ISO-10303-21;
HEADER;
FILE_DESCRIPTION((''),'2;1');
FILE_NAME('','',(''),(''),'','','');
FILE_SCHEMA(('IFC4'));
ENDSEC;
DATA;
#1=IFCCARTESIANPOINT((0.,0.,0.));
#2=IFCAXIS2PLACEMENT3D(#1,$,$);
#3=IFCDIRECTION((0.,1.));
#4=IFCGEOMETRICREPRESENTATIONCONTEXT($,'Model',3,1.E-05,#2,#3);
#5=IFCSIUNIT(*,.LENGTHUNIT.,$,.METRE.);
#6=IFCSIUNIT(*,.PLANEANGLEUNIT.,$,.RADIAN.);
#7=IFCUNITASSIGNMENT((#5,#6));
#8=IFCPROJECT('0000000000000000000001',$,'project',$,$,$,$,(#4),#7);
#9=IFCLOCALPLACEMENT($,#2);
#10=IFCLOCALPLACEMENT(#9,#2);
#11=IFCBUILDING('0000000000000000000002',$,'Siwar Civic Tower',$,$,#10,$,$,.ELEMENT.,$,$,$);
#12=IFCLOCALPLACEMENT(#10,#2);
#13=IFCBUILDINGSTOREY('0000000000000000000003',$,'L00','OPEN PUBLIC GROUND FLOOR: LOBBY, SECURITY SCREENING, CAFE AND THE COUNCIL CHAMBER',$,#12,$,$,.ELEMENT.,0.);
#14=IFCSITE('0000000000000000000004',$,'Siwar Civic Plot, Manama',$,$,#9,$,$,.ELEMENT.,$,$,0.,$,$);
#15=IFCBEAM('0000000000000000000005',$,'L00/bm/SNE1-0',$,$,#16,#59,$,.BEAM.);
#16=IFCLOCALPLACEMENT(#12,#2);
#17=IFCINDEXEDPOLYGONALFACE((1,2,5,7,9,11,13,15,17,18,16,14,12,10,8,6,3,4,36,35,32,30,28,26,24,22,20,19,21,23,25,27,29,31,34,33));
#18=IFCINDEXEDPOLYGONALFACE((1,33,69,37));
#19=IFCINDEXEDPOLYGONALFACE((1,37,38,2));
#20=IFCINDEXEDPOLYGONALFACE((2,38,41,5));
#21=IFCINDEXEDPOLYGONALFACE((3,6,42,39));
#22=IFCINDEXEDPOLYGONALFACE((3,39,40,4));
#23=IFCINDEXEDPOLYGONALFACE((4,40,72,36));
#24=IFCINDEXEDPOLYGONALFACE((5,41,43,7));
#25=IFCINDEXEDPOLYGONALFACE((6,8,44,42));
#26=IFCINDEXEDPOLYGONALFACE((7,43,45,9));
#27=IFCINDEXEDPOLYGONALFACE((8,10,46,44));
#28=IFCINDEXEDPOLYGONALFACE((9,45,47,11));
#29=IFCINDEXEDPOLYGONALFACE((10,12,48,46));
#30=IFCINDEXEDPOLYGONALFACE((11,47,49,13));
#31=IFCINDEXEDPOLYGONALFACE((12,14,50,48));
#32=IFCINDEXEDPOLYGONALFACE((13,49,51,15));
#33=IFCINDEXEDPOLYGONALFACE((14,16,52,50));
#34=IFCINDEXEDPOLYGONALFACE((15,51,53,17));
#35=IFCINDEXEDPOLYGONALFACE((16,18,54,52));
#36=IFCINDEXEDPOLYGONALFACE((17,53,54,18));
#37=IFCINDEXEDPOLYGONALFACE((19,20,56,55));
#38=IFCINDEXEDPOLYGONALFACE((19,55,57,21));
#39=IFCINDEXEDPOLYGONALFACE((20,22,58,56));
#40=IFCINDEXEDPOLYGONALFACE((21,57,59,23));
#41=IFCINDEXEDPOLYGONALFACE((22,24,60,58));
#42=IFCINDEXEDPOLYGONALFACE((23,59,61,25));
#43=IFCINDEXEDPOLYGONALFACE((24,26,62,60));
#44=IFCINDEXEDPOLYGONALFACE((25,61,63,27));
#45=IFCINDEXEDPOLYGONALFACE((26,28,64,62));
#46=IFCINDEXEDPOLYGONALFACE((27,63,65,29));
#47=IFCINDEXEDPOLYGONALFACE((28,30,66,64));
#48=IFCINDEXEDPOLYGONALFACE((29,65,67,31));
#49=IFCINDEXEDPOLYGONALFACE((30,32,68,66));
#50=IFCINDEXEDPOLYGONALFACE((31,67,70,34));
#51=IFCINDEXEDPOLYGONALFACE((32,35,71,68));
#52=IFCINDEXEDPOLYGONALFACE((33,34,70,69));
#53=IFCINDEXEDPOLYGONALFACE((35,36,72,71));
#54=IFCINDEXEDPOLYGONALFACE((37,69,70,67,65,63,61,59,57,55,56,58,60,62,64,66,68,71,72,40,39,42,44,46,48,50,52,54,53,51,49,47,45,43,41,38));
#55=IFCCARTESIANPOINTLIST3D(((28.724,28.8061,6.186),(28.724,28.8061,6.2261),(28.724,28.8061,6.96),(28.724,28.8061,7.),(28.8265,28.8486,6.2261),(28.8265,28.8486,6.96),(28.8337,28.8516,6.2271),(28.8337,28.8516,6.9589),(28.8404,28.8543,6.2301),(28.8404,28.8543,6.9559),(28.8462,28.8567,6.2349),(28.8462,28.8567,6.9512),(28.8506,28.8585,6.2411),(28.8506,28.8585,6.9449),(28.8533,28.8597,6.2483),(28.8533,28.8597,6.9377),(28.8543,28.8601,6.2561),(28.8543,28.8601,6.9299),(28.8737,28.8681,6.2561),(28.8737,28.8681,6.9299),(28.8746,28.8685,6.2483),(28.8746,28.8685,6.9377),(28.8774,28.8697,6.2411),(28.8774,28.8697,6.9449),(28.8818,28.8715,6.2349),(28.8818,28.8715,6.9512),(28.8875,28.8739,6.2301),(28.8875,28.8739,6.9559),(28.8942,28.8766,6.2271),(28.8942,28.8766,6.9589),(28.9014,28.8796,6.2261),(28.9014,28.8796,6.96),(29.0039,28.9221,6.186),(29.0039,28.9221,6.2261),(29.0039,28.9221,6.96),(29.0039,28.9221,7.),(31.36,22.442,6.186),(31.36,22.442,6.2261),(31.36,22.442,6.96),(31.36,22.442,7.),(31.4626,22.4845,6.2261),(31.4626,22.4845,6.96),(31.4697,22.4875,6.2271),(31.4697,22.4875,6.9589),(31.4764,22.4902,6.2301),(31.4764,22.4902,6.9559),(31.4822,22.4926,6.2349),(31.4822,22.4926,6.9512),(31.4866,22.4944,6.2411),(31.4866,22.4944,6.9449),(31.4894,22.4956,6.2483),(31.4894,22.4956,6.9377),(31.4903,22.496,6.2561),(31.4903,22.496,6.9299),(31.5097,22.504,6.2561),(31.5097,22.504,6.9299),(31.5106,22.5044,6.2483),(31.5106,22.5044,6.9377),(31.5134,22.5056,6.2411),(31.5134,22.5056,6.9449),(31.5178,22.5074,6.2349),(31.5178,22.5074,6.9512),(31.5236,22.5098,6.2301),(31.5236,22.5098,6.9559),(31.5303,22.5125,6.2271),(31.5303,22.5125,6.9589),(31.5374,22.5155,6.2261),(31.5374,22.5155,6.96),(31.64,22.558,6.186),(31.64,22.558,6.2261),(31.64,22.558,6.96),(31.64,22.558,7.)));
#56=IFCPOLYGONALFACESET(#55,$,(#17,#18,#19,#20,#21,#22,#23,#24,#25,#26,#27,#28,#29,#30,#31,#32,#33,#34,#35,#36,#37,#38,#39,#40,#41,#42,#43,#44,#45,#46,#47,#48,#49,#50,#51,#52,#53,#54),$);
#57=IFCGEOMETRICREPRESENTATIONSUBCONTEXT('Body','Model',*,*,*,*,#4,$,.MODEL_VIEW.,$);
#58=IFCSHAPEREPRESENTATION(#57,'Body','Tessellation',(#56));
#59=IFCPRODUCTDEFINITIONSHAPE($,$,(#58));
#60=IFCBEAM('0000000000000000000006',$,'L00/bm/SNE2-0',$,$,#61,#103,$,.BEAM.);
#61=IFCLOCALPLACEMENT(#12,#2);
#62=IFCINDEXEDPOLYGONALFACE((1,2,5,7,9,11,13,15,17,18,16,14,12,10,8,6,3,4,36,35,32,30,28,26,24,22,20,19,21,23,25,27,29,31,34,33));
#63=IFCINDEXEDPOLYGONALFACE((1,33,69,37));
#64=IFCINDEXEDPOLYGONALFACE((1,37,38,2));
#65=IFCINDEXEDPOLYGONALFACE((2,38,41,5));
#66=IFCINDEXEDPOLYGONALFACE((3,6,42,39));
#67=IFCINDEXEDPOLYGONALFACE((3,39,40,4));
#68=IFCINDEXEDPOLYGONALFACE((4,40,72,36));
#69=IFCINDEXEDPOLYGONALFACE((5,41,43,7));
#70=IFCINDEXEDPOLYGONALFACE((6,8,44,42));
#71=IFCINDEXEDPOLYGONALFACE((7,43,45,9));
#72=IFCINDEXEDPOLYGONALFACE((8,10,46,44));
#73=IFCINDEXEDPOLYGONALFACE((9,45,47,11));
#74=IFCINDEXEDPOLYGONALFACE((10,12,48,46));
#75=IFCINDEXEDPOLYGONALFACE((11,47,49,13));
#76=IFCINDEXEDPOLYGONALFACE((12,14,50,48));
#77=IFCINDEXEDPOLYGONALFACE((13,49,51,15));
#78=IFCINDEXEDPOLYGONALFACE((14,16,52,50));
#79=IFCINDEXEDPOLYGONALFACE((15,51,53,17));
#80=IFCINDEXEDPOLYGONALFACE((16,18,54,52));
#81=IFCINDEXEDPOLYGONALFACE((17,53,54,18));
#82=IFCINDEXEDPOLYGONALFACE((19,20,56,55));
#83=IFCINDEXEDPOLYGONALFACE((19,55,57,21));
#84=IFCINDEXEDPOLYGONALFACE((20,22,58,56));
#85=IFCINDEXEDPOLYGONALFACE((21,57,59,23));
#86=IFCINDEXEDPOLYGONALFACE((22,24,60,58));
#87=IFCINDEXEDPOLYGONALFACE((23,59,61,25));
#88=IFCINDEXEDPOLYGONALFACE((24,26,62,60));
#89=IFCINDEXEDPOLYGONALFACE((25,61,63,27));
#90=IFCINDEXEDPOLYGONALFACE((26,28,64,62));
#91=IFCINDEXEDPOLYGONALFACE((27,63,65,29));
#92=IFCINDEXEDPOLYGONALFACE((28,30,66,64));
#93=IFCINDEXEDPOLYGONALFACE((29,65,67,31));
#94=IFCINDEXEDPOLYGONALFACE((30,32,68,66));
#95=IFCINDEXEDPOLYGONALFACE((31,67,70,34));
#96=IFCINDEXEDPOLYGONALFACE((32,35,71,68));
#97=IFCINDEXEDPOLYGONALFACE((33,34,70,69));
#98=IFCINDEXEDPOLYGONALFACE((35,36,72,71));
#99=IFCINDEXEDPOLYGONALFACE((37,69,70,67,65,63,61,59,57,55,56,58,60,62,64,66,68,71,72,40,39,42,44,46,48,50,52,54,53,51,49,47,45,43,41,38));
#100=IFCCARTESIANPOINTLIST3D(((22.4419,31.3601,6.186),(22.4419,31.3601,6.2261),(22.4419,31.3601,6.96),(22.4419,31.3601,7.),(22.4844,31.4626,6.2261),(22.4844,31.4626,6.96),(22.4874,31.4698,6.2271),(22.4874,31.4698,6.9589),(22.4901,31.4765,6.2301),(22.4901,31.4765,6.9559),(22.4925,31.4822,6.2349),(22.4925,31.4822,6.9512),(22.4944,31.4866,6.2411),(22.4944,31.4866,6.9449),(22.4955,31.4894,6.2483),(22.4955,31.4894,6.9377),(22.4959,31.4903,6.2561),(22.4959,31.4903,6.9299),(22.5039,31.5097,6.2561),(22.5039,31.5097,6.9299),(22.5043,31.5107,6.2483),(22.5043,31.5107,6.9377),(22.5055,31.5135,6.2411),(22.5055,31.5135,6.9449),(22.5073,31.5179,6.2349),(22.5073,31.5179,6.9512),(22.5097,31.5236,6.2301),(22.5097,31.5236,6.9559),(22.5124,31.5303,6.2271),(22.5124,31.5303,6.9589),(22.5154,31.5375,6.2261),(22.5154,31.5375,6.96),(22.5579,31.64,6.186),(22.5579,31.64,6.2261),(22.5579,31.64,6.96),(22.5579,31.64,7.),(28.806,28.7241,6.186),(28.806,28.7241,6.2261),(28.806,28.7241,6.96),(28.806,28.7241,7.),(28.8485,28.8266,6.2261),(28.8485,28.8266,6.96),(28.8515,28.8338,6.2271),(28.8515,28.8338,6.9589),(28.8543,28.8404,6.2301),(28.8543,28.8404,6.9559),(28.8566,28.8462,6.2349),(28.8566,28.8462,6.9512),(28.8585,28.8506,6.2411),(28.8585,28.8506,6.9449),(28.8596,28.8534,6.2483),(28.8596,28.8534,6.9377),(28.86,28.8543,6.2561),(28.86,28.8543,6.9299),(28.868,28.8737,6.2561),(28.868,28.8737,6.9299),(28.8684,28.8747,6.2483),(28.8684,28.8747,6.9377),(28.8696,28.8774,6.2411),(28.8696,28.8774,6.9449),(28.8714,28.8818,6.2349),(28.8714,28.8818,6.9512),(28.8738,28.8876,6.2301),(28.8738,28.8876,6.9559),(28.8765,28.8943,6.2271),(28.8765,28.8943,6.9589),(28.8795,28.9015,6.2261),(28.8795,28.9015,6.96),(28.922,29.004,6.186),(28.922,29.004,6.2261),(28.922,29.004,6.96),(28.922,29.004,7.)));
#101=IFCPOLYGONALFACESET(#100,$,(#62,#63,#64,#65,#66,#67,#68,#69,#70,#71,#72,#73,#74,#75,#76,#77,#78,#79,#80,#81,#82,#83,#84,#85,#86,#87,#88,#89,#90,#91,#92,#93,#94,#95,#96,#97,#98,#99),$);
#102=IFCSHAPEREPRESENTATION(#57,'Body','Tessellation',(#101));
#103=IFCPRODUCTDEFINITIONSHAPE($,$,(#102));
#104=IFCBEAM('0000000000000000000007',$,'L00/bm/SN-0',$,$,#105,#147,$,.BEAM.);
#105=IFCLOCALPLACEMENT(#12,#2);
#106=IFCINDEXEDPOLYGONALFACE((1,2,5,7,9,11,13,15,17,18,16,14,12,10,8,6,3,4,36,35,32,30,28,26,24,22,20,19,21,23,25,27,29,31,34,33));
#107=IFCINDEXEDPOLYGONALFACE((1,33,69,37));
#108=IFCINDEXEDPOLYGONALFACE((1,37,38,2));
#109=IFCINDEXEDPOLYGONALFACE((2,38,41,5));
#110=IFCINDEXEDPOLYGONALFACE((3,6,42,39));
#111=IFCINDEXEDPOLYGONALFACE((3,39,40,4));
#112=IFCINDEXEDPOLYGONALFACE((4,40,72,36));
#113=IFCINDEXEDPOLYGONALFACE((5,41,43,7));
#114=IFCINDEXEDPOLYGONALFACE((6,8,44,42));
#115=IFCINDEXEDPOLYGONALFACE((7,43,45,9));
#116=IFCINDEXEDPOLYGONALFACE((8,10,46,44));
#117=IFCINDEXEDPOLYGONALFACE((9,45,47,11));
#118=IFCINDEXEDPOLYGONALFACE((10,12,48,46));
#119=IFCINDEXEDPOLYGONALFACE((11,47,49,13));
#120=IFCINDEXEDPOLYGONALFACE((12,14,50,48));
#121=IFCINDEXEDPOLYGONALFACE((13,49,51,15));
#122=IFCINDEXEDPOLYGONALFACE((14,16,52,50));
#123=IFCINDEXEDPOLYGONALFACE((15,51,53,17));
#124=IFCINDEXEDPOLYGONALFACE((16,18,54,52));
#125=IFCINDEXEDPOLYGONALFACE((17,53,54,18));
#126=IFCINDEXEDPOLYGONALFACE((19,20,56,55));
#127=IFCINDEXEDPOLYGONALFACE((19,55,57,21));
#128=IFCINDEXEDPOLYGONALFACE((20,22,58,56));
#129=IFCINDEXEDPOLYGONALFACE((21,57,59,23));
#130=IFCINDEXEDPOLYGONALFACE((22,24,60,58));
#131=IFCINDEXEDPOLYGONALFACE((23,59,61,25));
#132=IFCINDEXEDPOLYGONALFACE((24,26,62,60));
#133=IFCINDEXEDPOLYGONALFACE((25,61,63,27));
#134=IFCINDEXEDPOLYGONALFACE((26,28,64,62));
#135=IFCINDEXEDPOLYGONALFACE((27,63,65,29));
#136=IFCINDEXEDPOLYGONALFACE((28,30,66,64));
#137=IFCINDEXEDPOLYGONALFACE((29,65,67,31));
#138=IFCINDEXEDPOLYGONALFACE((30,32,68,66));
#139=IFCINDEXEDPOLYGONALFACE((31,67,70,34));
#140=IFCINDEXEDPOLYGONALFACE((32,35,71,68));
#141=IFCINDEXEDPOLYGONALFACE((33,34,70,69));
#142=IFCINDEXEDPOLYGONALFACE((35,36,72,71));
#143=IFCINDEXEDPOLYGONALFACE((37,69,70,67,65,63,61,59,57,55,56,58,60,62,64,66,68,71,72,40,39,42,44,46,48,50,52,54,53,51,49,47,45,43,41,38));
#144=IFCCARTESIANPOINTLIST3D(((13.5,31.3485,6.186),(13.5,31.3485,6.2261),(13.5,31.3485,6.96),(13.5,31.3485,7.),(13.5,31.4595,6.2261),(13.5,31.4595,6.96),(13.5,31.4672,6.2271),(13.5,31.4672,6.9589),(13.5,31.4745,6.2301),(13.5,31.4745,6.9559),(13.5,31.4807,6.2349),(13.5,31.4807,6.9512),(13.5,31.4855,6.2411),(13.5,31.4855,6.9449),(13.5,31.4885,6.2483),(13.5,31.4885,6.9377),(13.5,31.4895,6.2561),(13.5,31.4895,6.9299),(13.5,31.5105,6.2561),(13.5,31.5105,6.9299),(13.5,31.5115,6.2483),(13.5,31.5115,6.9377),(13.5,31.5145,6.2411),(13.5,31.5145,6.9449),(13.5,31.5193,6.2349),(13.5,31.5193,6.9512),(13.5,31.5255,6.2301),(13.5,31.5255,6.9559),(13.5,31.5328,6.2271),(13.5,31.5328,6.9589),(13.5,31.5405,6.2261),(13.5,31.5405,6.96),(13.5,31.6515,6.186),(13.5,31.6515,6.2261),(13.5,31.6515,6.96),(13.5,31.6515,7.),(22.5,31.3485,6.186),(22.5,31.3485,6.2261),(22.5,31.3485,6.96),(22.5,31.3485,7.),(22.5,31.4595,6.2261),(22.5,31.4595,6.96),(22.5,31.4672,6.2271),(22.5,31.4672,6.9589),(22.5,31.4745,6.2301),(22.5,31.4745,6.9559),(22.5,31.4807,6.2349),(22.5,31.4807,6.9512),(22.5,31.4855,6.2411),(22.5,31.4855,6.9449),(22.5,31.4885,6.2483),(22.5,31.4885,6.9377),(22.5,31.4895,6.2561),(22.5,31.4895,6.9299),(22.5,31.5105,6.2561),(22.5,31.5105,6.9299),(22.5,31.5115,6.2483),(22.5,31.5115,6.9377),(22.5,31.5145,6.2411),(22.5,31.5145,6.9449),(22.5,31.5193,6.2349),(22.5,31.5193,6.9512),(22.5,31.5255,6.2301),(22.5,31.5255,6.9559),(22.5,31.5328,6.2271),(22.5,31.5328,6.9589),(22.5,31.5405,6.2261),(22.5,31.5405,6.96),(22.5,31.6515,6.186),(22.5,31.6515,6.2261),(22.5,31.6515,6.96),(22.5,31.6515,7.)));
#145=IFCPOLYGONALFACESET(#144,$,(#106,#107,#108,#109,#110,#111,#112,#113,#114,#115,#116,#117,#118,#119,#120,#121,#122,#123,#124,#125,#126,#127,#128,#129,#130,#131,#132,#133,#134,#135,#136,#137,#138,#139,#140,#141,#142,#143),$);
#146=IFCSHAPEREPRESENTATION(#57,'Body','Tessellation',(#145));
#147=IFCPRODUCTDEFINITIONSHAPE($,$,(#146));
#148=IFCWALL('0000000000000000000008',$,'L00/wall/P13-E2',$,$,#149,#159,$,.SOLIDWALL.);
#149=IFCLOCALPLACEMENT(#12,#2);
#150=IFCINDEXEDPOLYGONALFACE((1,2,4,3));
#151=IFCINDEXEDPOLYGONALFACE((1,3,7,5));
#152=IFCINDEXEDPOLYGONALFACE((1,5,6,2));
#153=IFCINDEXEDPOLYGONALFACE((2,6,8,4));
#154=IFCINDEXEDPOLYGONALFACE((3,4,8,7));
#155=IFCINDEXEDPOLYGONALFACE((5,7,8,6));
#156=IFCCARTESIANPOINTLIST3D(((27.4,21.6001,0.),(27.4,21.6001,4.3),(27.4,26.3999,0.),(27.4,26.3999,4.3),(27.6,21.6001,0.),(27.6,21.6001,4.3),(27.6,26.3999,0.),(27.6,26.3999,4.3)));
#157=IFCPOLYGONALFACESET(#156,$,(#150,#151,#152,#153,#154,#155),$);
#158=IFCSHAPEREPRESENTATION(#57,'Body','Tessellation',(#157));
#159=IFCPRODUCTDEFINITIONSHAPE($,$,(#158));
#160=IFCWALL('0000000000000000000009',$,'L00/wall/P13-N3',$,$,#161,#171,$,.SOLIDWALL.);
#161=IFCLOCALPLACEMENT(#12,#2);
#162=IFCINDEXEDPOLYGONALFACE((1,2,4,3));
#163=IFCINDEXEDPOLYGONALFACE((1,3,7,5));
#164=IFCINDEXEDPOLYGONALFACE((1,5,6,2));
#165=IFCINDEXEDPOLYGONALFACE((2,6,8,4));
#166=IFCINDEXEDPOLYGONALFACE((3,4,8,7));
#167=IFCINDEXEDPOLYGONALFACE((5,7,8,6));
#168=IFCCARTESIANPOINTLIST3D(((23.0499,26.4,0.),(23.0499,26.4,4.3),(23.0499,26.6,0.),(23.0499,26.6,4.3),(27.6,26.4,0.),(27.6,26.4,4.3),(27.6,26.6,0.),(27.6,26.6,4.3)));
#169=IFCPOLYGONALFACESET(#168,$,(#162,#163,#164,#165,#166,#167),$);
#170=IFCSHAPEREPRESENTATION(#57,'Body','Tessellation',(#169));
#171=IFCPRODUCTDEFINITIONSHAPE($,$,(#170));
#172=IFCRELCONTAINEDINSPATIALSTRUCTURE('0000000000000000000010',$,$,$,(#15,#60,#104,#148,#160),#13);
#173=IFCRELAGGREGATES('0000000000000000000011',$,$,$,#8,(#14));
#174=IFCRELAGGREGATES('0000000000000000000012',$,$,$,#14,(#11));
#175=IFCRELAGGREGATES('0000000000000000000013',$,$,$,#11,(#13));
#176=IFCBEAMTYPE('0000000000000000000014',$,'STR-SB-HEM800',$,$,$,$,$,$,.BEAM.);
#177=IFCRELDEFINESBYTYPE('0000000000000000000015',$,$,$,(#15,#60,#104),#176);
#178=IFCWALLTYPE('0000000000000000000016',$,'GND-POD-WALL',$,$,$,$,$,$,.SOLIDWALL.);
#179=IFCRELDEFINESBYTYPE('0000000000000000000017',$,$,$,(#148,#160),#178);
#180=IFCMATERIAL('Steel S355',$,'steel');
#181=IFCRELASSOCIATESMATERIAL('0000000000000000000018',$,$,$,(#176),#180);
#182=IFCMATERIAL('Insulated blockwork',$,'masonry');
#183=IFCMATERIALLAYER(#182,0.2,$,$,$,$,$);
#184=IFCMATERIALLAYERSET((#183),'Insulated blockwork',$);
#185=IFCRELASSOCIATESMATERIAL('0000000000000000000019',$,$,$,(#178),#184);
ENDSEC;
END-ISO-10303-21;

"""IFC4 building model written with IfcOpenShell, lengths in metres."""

from ifc_helpers import new_model, si_unit, direction, frame, frame_2d, origin, origin_2d, place, context, subcontext, project, spatial, rectangle, i_section, extrude, material, layer, layer_set, material_profile, profile_set, type_object, element, save


model = new_model("IFC4")

# Units and contexts
model_context = context("Model", 3, precision=1e-05, world=origin(), true_north=direction((0.0, 1.0)))
body_context = subcontext(model_context, "Body", "Model", "MODEL_VIEW")
ifc_project = project(units=[si_unit("LENGTHUNIT", "METRE"), si_unit("PLANEANGLEUNIT", "RADIAN")], contexts=[model_context])

# Site, building, storey
site_placement = place(None, origin())
site = spatial("IfcSite", under=ifc_project, at=site_placement, Name="Siwar Civic Plot, Manama", CompositionType="ELEMENT", RefElevation=0.0)
building_placement = place(site_placement, origin())
building = spatial("IfcBuilding", under=site, at=building_placement, Name="Siwar Civic Tower", CompositionType="ELEMENT")
storey_placement = place(building_placement, origin())
storey = spatial("IfcBuildingStorey", under=building, at=storey_placement, Name="L00", Description="OPEN PUBLIC GROUND FLOOR: LOBBY, SECURITY SCREENING, CAFE AND THE COUNCIL CHAMBER", CompositionType="ELEMENT", Elevation=0.0)

# Beams
ifc_material_1 = material(Name="Steel S355", Category="steel")
ifc_material_profile_1 = material_profile(ifc_material_1, i_section(OverallWidth=0.303, OverallDepth=0.814, WebThickness=0.021, FlangeThickness=0.04, FilletRadius=0.03, at=origin_2d()), Name="HEM800")
ifc_profile_set_1 = profile_set([ifc_material_profile_1], Name="Steel S355")
beam_type_1 = type_object("IfcBeamType", Name="STR-SB-HEM800", PredefinedType="BEAM", material=ifc_profile_set_1)
for number, where, z_axis, x_axis, name in (
    (1, (31.5, 22.5, 6.593), (-0.382674, 0.923883, 0.0), (-0.923883, -0.382674, 0.0), "L00/bm/SNE1-0"),
    (2, (28.864, 28.864, 6.593), (-0.923883, 0.382674, 0.0), (-0.382674, -0.923883, 0.0), "L00/bm/SNE2-0"),
):
    element("IfcBeam", number, at=place(storey_placement, frame(where, z_axis=z_axis, x_axis=x_axis)), inside=storey, type_object=beam_type_1, Name=name, PredefinedType="BEAM", context=body_context, shape_type="SweptSolid", body=[
        extrude(i_section(OverallWidth=0.303, OverallDepth=0.814, WebThickness=0.021, FlangeThickness=0.04, FilletRadius=0.03, at=origin_2d()), origin(), (0.0, 0.0, 1.0), 6.8884),
    ])
beam_1_placement = place(storey_placement, frame((22.5, 31.5, 6.593), z_axis=(-1.0, 0.0, 0.0), x_axis=(0.0, -1.0, 0.0)))
element("IfcBeam", 3, at=beam_1_placement, inside=storey, type_object=beam_type_1, Name="L00/bm/SN-0", PredefinedType="BEAM", context=body_context, shape_type="SweptSolid", body=[
    extrude(i_section(OverallWidth=0.303, OverallDepth=0.814, WebThickness=0.021, FlangeThickness=0.04, FilletRadius=0.03, at=origin_2d()), origin(), (0.0, 0.0, 1.0), 9.0),
])

# Walls
ifc_material_2 = material(Name="Insulated blockwork", Category="masonry")
ifc_layer = layer(ifc_material_2, 0.2)
ifc_layer_set = layer_set([ifc_layer], Name="Insulated blockwork")
wall_type = type_object("IfcWallType", Name="GND-POD-WALL", PredefinedType="SOLIDWALL", material=ifc_layer_set)
wall_1_placement = place(storey_placement, frame((27.5, 21.6001, 0.0), z_axis=(0.0, 0.0, 1.0), x_axis=(0.0, 1.0, 0.0)))
element("IfcWall", 4, at=wall_1_placement, inside=storey, type_object=wall_type, Name="L00/wall/P13-E2", PredefinedType="SOLIDWALL", context=body_context, shape_type="SweptSolid", body=[
    extrude(rectangle(XDim=4.7998, YDim=0.2, at=frame_2d((2.3999, 0.0))), origin(), (0.0, 0.0, 1.0), 4.3),
])
wall_2_placement = place(storey_placement, frame((23.05, 26.5, 0.0), z_axis=(0.0, 0.0, 1.0), x_axis=(1.0, 0.0, 0.0)))
element("IfcWall", 5, at=wall_2_placement, inside=storey, type_object=wall_type, Name="L00/wall/P13-N3", PredefinedType="SOLIDWALL", context=body_context, shape_type="SweptSolid", body=[
    extrude(rectangle(XDim=4.55, YDim=0.2, at=frame_2d((2.2749, 0.0))), origin(), (0.0, 0.0, 1.0), 4.3),
])

save(model, "model.ifc")
